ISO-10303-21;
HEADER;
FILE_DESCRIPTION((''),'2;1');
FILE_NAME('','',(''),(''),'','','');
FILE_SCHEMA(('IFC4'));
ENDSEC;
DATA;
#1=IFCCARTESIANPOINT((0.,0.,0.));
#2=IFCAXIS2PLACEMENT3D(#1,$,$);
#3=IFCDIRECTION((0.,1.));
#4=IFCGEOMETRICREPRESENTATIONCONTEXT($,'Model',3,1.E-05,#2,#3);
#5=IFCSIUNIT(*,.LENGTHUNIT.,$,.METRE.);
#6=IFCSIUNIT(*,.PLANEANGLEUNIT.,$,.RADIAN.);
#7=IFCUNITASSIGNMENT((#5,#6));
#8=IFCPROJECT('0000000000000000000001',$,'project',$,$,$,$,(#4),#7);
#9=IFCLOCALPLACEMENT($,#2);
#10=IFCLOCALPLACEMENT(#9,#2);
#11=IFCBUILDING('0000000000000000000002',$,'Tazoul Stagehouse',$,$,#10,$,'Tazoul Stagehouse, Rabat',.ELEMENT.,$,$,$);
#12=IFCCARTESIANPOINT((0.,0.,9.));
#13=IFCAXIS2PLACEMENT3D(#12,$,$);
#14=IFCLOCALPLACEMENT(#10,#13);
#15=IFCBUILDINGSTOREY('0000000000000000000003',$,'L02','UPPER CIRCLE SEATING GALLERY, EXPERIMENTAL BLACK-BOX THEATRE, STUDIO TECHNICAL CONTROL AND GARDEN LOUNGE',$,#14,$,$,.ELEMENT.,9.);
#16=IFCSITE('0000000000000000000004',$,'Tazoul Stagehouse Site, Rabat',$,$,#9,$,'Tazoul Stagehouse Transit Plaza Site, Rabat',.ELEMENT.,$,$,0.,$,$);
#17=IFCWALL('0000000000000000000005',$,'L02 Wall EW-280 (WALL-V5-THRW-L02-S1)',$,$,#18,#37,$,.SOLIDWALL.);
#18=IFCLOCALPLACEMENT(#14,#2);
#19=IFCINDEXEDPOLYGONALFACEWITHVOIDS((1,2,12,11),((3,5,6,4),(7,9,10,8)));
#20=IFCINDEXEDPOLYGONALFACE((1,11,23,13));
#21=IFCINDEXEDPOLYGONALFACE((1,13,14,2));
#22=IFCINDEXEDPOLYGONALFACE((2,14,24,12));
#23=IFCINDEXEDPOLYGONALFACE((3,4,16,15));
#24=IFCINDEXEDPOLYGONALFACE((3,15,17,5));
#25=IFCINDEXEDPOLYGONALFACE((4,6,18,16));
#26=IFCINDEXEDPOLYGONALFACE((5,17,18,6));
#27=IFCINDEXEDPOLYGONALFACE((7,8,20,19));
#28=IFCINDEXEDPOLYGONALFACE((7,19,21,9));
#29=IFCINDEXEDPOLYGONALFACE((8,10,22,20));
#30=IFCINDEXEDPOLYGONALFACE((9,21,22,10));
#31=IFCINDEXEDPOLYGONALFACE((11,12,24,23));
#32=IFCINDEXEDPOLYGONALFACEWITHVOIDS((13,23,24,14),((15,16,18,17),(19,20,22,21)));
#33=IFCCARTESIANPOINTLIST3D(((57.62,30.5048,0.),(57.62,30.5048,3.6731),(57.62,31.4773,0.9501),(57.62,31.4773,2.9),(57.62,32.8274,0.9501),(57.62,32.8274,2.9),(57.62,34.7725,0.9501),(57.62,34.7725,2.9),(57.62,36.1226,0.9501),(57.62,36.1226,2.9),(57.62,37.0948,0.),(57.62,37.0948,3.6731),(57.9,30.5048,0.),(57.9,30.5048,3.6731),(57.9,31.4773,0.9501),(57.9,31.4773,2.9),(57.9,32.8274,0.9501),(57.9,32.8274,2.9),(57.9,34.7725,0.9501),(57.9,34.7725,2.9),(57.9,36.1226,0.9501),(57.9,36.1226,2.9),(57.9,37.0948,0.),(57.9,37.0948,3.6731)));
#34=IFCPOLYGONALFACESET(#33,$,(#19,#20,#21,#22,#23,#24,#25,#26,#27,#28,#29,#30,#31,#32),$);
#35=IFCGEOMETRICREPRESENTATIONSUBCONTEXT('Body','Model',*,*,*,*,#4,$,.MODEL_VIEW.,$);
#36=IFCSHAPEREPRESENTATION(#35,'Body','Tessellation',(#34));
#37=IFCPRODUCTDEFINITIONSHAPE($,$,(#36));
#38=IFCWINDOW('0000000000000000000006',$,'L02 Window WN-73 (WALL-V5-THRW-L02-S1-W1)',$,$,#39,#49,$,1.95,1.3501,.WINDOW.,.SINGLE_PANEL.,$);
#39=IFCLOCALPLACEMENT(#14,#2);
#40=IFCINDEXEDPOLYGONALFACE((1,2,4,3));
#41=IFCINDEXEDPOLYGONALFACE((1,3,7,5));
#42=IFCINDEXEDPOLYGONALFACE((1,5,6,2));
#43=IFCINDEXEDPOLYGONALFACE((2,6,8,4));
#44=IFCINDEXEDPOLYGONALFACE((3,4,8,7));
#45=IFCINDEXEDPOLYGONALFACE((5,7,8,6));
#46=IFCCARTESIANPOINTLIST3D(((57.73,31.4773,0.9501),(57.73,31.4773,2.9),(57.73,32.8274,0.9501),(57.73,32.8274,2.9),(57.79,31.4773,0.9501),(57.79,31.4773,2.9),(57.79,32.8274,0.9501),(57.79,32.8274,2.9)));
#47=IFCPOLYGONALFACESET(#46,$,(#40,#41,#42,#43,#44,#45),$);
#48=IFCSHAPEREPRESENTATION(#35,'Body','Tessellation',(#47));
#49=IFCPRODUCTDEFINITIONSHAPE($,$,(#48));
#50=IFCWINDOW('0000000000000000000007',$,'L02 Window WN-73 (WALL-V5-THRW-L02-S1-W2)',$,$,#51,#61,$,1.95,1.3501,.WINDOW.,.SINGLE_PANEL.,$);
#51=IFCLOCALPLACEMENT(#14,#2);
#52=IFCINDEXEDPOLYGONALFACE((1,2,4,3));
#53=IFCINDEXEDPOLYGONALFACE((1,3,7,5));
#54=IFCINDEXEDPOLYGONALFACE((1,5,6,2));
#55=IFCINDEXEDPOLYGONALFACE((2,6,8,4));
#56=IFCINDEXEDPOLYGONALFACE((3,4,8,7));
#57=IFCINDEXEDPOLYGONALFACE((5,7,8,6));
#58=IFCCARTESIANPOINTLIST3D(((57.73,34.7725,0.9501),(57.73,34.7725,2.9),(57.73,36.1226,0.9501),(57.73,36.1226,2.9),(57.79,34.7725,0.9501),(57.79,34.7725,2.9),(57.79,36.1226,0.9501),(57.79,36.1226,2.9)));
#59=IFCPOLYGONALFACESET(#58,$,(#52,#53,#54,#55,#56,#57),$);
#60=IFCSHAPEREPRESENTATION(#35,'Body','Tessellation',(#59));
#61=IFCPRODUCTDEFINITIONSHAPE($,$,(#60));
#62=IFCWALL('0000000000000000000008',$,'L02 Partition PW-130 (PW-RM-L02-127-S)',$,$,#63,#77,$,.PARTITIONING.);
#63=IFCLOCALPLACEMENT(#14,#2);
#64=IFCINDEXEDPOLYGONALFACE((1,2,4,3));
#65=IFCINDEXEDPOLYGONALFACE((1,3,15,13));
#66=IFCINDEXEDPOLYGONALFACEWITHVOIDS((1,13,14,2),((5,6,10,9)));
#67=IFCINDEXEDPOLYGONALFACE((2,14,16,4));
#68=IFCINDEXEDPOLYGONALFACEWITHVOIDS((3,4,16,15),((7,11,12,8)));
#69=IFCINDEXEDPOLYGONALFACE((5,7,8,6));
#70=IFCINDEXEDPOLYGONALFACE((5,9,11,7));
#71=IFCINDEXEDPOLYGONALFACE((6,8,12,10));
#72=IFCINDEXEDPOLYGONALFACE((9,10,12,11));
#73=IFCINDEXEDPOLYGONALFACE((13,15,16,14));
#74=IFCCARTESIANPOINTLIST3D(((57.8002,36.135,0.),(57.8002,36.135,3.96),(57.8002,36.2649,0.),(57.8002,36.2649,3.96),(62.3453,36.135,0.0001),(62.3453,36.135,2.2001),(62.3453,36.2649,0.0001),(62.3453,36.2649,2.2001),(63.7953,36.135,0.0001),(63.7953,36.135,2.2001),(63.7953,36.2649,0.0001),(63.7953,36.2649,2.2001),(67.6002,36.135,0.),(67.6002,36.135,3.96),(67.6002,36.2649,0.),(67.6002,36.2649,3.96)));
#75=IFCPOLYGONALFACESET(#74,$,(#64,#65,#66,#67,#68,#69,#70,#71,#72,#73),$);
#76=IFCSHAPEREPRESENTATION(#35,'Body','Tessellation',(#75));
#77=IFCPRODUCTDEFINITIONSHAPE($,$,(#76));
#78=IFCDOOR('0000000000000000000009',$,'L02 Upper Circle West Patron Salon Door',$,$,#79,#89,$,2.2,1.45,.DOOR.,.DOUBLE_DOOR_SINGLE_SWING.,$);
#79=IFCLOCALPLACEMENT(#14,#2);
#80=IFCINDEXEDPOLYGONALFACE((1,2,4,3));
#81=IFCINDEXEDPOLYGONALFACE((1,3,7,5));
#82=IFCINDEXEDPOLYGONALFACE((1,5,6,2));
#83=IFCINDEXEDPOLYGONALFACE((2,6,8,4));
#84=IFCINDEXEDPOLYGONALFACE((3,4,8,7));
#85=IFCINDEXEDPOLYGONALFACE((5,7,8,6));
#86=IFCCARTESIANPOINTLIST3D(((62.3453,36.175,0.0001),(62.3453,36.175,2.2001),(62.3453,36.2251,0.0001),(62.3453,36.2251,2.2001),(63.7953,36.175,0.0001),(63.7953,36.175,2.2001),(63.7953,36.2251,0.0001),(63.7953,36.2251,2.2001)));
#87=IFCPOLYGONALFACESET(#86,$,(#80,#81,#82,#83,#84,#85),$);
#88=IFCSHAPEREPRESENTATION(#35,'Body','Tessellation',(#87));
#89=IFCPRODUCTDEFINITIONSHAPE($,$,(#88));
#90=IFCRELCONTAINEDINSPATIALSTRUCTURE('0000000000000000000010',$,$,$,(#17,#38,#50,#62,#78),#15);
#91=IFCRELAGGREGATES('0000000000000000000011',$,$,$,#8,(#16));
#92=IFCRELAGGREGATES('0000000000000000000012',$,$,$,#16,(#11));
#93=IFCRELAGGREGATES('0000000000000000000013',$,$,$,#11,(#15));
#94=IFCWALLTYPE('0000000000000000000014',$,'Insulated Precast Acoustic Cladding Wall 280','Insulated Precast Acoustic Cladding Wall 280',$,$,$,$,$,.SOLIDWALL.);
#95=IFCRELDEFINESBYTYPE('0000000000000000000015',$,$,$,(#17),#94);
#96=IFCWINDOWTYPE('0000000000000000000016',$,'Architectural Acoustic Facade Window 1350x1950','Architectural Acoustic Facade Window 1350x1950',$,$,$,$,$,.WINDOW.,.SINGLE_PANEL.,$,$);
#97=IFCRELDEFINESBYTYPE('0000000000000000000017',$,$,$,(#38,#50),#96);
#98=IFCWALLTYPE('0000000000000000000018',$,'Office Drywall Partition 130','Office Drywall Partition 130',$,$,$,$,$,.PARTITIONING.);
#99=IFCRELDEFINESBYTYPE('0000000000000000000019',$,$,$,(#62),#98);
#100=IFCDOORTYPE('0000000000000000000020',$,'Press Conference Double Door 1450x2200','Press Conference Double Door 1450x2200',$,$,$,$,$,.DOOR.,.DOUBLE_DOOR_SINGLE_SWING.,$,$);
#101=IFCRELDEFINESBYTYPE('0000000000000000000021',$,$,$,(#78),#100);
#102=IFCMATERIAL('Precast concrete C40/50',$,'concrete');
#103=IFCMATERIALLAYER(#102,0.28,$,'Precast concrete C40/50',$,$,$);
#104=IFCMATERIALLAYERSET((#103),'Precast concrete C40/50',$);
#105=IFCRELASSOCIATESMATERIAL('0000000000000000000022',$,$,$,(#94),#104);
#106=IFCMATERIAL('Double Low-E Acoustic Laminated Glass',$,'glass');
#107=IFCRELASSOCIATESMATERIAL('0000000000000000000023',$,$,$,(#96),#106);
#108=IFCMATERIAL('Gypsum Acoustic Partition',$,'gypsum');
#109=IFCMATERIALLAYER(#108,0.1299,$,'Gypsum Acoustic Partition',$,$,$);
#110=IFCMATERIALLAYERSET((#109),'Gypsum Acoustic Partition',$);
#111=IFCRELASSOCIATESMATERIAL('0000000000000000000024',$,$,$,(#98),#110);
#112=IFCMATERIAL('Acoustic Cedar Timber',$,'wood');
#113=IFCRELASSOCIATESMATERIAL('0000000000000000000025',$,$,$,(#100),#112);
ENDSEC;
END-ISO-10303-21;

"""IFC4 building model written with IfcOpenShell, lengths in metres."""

from ifc_helpers import new_model, si_unit, direction, frame, frame_2d, origin, place, context, subcontext, project, spatial, rectangle, extrude, material, layer, layer_set, type_object, element, fill, save


model = new_model("IFC4")

# Units and contexts
model_context = context("Model", 3, precision=1e-05, world=origin(), true_north=direction((0.0, 1.0)))
body_context = subcontext(model_context, "Body", "Model", "MODEL_VIEW")
ifc_project = project(units=[si_unit("LENGTHUNIT", "METRE"), si_unit("PLANEANGLEUNIT", "RADIAN")], contexts=[model_context])

# Site, building, storey
site_placement = place(None, origin())
site = spatial("IfcSite", under=ifc_project, at=site_placement, Name="Tazoul Stagehouse Site, Rabat", LongName="Tazoul Stagehouse Transit Plaza Site, Rabat", CompositionType="ELEMENT", RefElevation=0.0)
building_placement = place(site_placement, origin())
building = spatial("IfcBuilding", under=site, at=building_placement, Name="Tazoul Stagehouse", LongName="Tazoul Stagehouse, Rabat", CompositionType="ELEMENT")
storey_placement = place(building_placement, frame((0.0, 0.0, 9.0)))
storey = spatial("IfcBuildingStorey", under=building, at=storey_placement, Name="L02", Description="UPPER CIRCLE SEATING GALLERY, EXPERIMENTAL BLACK-BOX THEATRE, STUDIO TECHNICAL CONTROL AND GARDEN LOUNGE", CompositionType="ELEMENT", Elevation=9.0)

# Wall, openings, windows
ifc_material_1 = material(Name="Precast concrete C40/50", Category="concrete")
ifc_layer_1 = layer(ifc_material_1, 0.28, Name="Precast concrete C40/50")
ifc_layer_set_1 = layer_set([ifc_layer_1], Name="Precast concrete C40/50")
wall_type_1 = type_object("IfcWallType", Name="Insulated Precast Acoustic Cladding Wall 280", Description="Insulated Precast Acoustic Cladding Wall 280", PredefinedType="SOLIDWALL", material=ifc_layer_set_1)
wall_1_placement = place(storey_placement, frame((57.76, 30.5049, 0.0), z_axis=(0.0, 0.0, 1.0), x_axis=(0.0, 1.0, 0.0)))
wall_1 = element("IfcWall", 1, at=wall_1_placement, inside=storey, type_object=wall_type_1, Name="L02 Wall EW-280 (WALL-V5-THRW-L02-S1)", PredefinedType="SOLIDWALL", context=body_context, shape_type="SweptSolid", body=[
    extrude(rectangle(XDim=6.5901, YDim=0.28, at=frame_2d((3.2949, 0.0))), origin(), (0.0, 0.0, 1.0), 3.6731),
])
opening_1_placement = place(wall_1_placement, frame((0.9724, 0.0, 0.95)))
opening_1 = element("IfcOpeningElement", 2, at=opening_1_placement, cuts=wall_1, PredefinedType="OPENING", context=body_context, shape_type="SweptSolid", body=[
    extrude(rectangle(XDim=1.3501, YDim=1.95, at=frame_2d((0.675, 0.9751))), frame((0.0, 0.1599, 0.0), z_axis=(0.0, -1.0, 0.0), x_axis=(1.0, 0.0, 0.0)), (0.0, 0.0, 1.0), 0.3201),
])
opening_2_placement = place(wall_1_placement, frame((4.2676, 0.0, 0.95)))
opening_2 = element("IfcOpeningElement", 3, at=opening_2_placement, cuts=wall_1, PredefinedType="OPENING", context=body_context, shape_type="SweptSolid", body=[
    extrude(rectangle(XDim=1.3501, YDim=1.95, at=frame_2d((0.675, 0.9751))), frame((0.0, 0.1599, 0.0), z_axis=(0.0, -1.0, 0.0), x_axis=(1.0, 0.0, 0.0)), (0.0, 0.0, 1.0), 0.3201),
])
ifc_material_2 = material(Name="Double Low-E Acoustic Laminated Glass", Category="glass")
window_type = type_object("IfcWindowType", Name="Architectural Acoustic Facade Window 1350x1950", Description="Architectural Acoustic Facade Window 1350x1950", PartitioningType="SINGLE_PANEL", PredefinedType="WINDOW", material=ifc_material_2)
window_1_placement = place(opening_1_placement, origin())
window_1 = element("IfcWindow", 4, at=window_1_placement, inside=storey, type_object=window_type, Name="L02 Window WN-73 (WALL-V5-THRW-L02-S1-W1)", OverallHeight=1.95, OverallWidth=1.3501, PartitioningType="SINGLE_PANEL", PredefinedType="WINDOW", context=body_context, shape_type="SweptSolid", body=[
    extrude(rectangle(XDim=1.3501, YDim=1.95, at=frame_2d((0.675, 0.9751))), frame((0.0, 0.03, 0.0), z_axis=(0.0, -1.0, 0.0), x_axis=(1.0, 0.0, 0.0)), (0.0, 0.0, 1.0), 0.0601),
])
fill(opening_1, window_1)
window_2_placement = place(opening_2_placement, origin())
window_2 = element("IfcWindow", 5, at=window_2_placement, inside=storey, type_object=window_type, Name="L02 Window WN-73 (WALL-V5-THRW-L02-S1-W2)", OverallHeight=1.95, OverallWidth=1.3501, PartitioningType="SINGLE_PANEL", PredefinedType="WINDOW", context=body_context, shape_type="SweptSolid", body=[
    extrude(rectangle(XDim=1.3501, YDim=1.95, at=frame_2d((0.675, 0.9751))), frame((0.0, 0.03, 0.0), z_axis=(0.0, -1.0, 0.0), x_axis=(1.0, 0.0, 0.0)), (0.0, 0.0, 1.0), 0.0601),
])
fill(opening_2, window_2)

# Wall, opening, door
ifc_material_3 = material(Name="Gypsum Acoustic Partition", Category="gypsum")
ifc_layer_2 = layer(ifc_material_3, 0.1299, Name="Gypsum Acoustic Partition")
ifc_layer_set_2 = layer_set([ifc_layer_2], Name="Gypsum Acoustic Partition")
wall_type_2 = type_object("IfcWallType", Name="Office Drywall Partition 130", Description="Office Drywall Partition 130", PredefinedType="PARTITIONING", material=ifc_layer_set_2)
wall_2_placement = place(storey_placement, frame((67.6001, 36.2, 0.0), z_axis=(0.0, 0.0, 1.0), x_axis=(-1.0, 0.0, 0.0)))
wall_2 = element("IfcWall", 6, at=wall_2_placement, inside=storey, type_object=wall_type_2, Name="L02 Partition PW-130 (PW-RM-L02-127-S)", PredefinedType="PARTITIONING", context=body_context, shape_type="SweptSolid", body=[
    extrude(rectangle(XDim=9.8, YDim=0.1299, at=frame_2d((4.8999, 0.0))), origin(), (0.0, 0.0, 1.0), 3.96),
])
opening_3_placement = place(wall_2_placement, frame((3.8047, 0.0, 0.0)))
opening_3 = element("IfcOpeningElement", 7, at=opening_3_placement, cuts=wall_2, PredefinedType="OPENING", context=body_context, shape_type="SweptSolid", body=[
    extrude(rectangle(XDim=1.45, YDim=2.2, at=frame_2d((0.7251, 1.1001))), frame((0.0, 0.085, 0.0), z_axis=(0.0, -1.0, 0.0), x_axis=(1.0, 0.0, 0.0)), (0.0, 0.0, 1.0), 0.1699),
])
ifc_material_4 = material(Name="Acoustic Cedar Timber", Category="wood")
door_type = type_object("IfcDoorType", Name="Press Conference Double Door 1450x2200", Description="Press Conference Double Door 1450x2200", OperationType="DOUBLE_DOOR_SINGLE_SWING", PredefinedType="DOOR", material=ifc_material_4)
door_placement = place(opening_3_placement, origin())
door = element("IfcDoor", 8, at=door_placement, inside=storey, type_object=door_type, Name="L02 Upper Circle West Patron Salon Door", OperationType="DOUBLE_DOOR_SINGLE_SWING", OverallHeight=2.2, OverallWidth=1.45, PredefinedType="DOOR", context=body_context, shape_type="SweptSolid", body=[
    extrude(rectangle(XDim=1.45, YDim=2.2, at=frame_2d((0.7251, 1.1001))), frame((0.0, 0.0249, 0.0), z_axis=(0.0, -1.0, 0.0), x_axis=(1.0, 0.0, 0.0)), (0.0, 0.0, 1.0), 0.05),
])
fill(opening_3, door)

save(model, "model.ifc")
